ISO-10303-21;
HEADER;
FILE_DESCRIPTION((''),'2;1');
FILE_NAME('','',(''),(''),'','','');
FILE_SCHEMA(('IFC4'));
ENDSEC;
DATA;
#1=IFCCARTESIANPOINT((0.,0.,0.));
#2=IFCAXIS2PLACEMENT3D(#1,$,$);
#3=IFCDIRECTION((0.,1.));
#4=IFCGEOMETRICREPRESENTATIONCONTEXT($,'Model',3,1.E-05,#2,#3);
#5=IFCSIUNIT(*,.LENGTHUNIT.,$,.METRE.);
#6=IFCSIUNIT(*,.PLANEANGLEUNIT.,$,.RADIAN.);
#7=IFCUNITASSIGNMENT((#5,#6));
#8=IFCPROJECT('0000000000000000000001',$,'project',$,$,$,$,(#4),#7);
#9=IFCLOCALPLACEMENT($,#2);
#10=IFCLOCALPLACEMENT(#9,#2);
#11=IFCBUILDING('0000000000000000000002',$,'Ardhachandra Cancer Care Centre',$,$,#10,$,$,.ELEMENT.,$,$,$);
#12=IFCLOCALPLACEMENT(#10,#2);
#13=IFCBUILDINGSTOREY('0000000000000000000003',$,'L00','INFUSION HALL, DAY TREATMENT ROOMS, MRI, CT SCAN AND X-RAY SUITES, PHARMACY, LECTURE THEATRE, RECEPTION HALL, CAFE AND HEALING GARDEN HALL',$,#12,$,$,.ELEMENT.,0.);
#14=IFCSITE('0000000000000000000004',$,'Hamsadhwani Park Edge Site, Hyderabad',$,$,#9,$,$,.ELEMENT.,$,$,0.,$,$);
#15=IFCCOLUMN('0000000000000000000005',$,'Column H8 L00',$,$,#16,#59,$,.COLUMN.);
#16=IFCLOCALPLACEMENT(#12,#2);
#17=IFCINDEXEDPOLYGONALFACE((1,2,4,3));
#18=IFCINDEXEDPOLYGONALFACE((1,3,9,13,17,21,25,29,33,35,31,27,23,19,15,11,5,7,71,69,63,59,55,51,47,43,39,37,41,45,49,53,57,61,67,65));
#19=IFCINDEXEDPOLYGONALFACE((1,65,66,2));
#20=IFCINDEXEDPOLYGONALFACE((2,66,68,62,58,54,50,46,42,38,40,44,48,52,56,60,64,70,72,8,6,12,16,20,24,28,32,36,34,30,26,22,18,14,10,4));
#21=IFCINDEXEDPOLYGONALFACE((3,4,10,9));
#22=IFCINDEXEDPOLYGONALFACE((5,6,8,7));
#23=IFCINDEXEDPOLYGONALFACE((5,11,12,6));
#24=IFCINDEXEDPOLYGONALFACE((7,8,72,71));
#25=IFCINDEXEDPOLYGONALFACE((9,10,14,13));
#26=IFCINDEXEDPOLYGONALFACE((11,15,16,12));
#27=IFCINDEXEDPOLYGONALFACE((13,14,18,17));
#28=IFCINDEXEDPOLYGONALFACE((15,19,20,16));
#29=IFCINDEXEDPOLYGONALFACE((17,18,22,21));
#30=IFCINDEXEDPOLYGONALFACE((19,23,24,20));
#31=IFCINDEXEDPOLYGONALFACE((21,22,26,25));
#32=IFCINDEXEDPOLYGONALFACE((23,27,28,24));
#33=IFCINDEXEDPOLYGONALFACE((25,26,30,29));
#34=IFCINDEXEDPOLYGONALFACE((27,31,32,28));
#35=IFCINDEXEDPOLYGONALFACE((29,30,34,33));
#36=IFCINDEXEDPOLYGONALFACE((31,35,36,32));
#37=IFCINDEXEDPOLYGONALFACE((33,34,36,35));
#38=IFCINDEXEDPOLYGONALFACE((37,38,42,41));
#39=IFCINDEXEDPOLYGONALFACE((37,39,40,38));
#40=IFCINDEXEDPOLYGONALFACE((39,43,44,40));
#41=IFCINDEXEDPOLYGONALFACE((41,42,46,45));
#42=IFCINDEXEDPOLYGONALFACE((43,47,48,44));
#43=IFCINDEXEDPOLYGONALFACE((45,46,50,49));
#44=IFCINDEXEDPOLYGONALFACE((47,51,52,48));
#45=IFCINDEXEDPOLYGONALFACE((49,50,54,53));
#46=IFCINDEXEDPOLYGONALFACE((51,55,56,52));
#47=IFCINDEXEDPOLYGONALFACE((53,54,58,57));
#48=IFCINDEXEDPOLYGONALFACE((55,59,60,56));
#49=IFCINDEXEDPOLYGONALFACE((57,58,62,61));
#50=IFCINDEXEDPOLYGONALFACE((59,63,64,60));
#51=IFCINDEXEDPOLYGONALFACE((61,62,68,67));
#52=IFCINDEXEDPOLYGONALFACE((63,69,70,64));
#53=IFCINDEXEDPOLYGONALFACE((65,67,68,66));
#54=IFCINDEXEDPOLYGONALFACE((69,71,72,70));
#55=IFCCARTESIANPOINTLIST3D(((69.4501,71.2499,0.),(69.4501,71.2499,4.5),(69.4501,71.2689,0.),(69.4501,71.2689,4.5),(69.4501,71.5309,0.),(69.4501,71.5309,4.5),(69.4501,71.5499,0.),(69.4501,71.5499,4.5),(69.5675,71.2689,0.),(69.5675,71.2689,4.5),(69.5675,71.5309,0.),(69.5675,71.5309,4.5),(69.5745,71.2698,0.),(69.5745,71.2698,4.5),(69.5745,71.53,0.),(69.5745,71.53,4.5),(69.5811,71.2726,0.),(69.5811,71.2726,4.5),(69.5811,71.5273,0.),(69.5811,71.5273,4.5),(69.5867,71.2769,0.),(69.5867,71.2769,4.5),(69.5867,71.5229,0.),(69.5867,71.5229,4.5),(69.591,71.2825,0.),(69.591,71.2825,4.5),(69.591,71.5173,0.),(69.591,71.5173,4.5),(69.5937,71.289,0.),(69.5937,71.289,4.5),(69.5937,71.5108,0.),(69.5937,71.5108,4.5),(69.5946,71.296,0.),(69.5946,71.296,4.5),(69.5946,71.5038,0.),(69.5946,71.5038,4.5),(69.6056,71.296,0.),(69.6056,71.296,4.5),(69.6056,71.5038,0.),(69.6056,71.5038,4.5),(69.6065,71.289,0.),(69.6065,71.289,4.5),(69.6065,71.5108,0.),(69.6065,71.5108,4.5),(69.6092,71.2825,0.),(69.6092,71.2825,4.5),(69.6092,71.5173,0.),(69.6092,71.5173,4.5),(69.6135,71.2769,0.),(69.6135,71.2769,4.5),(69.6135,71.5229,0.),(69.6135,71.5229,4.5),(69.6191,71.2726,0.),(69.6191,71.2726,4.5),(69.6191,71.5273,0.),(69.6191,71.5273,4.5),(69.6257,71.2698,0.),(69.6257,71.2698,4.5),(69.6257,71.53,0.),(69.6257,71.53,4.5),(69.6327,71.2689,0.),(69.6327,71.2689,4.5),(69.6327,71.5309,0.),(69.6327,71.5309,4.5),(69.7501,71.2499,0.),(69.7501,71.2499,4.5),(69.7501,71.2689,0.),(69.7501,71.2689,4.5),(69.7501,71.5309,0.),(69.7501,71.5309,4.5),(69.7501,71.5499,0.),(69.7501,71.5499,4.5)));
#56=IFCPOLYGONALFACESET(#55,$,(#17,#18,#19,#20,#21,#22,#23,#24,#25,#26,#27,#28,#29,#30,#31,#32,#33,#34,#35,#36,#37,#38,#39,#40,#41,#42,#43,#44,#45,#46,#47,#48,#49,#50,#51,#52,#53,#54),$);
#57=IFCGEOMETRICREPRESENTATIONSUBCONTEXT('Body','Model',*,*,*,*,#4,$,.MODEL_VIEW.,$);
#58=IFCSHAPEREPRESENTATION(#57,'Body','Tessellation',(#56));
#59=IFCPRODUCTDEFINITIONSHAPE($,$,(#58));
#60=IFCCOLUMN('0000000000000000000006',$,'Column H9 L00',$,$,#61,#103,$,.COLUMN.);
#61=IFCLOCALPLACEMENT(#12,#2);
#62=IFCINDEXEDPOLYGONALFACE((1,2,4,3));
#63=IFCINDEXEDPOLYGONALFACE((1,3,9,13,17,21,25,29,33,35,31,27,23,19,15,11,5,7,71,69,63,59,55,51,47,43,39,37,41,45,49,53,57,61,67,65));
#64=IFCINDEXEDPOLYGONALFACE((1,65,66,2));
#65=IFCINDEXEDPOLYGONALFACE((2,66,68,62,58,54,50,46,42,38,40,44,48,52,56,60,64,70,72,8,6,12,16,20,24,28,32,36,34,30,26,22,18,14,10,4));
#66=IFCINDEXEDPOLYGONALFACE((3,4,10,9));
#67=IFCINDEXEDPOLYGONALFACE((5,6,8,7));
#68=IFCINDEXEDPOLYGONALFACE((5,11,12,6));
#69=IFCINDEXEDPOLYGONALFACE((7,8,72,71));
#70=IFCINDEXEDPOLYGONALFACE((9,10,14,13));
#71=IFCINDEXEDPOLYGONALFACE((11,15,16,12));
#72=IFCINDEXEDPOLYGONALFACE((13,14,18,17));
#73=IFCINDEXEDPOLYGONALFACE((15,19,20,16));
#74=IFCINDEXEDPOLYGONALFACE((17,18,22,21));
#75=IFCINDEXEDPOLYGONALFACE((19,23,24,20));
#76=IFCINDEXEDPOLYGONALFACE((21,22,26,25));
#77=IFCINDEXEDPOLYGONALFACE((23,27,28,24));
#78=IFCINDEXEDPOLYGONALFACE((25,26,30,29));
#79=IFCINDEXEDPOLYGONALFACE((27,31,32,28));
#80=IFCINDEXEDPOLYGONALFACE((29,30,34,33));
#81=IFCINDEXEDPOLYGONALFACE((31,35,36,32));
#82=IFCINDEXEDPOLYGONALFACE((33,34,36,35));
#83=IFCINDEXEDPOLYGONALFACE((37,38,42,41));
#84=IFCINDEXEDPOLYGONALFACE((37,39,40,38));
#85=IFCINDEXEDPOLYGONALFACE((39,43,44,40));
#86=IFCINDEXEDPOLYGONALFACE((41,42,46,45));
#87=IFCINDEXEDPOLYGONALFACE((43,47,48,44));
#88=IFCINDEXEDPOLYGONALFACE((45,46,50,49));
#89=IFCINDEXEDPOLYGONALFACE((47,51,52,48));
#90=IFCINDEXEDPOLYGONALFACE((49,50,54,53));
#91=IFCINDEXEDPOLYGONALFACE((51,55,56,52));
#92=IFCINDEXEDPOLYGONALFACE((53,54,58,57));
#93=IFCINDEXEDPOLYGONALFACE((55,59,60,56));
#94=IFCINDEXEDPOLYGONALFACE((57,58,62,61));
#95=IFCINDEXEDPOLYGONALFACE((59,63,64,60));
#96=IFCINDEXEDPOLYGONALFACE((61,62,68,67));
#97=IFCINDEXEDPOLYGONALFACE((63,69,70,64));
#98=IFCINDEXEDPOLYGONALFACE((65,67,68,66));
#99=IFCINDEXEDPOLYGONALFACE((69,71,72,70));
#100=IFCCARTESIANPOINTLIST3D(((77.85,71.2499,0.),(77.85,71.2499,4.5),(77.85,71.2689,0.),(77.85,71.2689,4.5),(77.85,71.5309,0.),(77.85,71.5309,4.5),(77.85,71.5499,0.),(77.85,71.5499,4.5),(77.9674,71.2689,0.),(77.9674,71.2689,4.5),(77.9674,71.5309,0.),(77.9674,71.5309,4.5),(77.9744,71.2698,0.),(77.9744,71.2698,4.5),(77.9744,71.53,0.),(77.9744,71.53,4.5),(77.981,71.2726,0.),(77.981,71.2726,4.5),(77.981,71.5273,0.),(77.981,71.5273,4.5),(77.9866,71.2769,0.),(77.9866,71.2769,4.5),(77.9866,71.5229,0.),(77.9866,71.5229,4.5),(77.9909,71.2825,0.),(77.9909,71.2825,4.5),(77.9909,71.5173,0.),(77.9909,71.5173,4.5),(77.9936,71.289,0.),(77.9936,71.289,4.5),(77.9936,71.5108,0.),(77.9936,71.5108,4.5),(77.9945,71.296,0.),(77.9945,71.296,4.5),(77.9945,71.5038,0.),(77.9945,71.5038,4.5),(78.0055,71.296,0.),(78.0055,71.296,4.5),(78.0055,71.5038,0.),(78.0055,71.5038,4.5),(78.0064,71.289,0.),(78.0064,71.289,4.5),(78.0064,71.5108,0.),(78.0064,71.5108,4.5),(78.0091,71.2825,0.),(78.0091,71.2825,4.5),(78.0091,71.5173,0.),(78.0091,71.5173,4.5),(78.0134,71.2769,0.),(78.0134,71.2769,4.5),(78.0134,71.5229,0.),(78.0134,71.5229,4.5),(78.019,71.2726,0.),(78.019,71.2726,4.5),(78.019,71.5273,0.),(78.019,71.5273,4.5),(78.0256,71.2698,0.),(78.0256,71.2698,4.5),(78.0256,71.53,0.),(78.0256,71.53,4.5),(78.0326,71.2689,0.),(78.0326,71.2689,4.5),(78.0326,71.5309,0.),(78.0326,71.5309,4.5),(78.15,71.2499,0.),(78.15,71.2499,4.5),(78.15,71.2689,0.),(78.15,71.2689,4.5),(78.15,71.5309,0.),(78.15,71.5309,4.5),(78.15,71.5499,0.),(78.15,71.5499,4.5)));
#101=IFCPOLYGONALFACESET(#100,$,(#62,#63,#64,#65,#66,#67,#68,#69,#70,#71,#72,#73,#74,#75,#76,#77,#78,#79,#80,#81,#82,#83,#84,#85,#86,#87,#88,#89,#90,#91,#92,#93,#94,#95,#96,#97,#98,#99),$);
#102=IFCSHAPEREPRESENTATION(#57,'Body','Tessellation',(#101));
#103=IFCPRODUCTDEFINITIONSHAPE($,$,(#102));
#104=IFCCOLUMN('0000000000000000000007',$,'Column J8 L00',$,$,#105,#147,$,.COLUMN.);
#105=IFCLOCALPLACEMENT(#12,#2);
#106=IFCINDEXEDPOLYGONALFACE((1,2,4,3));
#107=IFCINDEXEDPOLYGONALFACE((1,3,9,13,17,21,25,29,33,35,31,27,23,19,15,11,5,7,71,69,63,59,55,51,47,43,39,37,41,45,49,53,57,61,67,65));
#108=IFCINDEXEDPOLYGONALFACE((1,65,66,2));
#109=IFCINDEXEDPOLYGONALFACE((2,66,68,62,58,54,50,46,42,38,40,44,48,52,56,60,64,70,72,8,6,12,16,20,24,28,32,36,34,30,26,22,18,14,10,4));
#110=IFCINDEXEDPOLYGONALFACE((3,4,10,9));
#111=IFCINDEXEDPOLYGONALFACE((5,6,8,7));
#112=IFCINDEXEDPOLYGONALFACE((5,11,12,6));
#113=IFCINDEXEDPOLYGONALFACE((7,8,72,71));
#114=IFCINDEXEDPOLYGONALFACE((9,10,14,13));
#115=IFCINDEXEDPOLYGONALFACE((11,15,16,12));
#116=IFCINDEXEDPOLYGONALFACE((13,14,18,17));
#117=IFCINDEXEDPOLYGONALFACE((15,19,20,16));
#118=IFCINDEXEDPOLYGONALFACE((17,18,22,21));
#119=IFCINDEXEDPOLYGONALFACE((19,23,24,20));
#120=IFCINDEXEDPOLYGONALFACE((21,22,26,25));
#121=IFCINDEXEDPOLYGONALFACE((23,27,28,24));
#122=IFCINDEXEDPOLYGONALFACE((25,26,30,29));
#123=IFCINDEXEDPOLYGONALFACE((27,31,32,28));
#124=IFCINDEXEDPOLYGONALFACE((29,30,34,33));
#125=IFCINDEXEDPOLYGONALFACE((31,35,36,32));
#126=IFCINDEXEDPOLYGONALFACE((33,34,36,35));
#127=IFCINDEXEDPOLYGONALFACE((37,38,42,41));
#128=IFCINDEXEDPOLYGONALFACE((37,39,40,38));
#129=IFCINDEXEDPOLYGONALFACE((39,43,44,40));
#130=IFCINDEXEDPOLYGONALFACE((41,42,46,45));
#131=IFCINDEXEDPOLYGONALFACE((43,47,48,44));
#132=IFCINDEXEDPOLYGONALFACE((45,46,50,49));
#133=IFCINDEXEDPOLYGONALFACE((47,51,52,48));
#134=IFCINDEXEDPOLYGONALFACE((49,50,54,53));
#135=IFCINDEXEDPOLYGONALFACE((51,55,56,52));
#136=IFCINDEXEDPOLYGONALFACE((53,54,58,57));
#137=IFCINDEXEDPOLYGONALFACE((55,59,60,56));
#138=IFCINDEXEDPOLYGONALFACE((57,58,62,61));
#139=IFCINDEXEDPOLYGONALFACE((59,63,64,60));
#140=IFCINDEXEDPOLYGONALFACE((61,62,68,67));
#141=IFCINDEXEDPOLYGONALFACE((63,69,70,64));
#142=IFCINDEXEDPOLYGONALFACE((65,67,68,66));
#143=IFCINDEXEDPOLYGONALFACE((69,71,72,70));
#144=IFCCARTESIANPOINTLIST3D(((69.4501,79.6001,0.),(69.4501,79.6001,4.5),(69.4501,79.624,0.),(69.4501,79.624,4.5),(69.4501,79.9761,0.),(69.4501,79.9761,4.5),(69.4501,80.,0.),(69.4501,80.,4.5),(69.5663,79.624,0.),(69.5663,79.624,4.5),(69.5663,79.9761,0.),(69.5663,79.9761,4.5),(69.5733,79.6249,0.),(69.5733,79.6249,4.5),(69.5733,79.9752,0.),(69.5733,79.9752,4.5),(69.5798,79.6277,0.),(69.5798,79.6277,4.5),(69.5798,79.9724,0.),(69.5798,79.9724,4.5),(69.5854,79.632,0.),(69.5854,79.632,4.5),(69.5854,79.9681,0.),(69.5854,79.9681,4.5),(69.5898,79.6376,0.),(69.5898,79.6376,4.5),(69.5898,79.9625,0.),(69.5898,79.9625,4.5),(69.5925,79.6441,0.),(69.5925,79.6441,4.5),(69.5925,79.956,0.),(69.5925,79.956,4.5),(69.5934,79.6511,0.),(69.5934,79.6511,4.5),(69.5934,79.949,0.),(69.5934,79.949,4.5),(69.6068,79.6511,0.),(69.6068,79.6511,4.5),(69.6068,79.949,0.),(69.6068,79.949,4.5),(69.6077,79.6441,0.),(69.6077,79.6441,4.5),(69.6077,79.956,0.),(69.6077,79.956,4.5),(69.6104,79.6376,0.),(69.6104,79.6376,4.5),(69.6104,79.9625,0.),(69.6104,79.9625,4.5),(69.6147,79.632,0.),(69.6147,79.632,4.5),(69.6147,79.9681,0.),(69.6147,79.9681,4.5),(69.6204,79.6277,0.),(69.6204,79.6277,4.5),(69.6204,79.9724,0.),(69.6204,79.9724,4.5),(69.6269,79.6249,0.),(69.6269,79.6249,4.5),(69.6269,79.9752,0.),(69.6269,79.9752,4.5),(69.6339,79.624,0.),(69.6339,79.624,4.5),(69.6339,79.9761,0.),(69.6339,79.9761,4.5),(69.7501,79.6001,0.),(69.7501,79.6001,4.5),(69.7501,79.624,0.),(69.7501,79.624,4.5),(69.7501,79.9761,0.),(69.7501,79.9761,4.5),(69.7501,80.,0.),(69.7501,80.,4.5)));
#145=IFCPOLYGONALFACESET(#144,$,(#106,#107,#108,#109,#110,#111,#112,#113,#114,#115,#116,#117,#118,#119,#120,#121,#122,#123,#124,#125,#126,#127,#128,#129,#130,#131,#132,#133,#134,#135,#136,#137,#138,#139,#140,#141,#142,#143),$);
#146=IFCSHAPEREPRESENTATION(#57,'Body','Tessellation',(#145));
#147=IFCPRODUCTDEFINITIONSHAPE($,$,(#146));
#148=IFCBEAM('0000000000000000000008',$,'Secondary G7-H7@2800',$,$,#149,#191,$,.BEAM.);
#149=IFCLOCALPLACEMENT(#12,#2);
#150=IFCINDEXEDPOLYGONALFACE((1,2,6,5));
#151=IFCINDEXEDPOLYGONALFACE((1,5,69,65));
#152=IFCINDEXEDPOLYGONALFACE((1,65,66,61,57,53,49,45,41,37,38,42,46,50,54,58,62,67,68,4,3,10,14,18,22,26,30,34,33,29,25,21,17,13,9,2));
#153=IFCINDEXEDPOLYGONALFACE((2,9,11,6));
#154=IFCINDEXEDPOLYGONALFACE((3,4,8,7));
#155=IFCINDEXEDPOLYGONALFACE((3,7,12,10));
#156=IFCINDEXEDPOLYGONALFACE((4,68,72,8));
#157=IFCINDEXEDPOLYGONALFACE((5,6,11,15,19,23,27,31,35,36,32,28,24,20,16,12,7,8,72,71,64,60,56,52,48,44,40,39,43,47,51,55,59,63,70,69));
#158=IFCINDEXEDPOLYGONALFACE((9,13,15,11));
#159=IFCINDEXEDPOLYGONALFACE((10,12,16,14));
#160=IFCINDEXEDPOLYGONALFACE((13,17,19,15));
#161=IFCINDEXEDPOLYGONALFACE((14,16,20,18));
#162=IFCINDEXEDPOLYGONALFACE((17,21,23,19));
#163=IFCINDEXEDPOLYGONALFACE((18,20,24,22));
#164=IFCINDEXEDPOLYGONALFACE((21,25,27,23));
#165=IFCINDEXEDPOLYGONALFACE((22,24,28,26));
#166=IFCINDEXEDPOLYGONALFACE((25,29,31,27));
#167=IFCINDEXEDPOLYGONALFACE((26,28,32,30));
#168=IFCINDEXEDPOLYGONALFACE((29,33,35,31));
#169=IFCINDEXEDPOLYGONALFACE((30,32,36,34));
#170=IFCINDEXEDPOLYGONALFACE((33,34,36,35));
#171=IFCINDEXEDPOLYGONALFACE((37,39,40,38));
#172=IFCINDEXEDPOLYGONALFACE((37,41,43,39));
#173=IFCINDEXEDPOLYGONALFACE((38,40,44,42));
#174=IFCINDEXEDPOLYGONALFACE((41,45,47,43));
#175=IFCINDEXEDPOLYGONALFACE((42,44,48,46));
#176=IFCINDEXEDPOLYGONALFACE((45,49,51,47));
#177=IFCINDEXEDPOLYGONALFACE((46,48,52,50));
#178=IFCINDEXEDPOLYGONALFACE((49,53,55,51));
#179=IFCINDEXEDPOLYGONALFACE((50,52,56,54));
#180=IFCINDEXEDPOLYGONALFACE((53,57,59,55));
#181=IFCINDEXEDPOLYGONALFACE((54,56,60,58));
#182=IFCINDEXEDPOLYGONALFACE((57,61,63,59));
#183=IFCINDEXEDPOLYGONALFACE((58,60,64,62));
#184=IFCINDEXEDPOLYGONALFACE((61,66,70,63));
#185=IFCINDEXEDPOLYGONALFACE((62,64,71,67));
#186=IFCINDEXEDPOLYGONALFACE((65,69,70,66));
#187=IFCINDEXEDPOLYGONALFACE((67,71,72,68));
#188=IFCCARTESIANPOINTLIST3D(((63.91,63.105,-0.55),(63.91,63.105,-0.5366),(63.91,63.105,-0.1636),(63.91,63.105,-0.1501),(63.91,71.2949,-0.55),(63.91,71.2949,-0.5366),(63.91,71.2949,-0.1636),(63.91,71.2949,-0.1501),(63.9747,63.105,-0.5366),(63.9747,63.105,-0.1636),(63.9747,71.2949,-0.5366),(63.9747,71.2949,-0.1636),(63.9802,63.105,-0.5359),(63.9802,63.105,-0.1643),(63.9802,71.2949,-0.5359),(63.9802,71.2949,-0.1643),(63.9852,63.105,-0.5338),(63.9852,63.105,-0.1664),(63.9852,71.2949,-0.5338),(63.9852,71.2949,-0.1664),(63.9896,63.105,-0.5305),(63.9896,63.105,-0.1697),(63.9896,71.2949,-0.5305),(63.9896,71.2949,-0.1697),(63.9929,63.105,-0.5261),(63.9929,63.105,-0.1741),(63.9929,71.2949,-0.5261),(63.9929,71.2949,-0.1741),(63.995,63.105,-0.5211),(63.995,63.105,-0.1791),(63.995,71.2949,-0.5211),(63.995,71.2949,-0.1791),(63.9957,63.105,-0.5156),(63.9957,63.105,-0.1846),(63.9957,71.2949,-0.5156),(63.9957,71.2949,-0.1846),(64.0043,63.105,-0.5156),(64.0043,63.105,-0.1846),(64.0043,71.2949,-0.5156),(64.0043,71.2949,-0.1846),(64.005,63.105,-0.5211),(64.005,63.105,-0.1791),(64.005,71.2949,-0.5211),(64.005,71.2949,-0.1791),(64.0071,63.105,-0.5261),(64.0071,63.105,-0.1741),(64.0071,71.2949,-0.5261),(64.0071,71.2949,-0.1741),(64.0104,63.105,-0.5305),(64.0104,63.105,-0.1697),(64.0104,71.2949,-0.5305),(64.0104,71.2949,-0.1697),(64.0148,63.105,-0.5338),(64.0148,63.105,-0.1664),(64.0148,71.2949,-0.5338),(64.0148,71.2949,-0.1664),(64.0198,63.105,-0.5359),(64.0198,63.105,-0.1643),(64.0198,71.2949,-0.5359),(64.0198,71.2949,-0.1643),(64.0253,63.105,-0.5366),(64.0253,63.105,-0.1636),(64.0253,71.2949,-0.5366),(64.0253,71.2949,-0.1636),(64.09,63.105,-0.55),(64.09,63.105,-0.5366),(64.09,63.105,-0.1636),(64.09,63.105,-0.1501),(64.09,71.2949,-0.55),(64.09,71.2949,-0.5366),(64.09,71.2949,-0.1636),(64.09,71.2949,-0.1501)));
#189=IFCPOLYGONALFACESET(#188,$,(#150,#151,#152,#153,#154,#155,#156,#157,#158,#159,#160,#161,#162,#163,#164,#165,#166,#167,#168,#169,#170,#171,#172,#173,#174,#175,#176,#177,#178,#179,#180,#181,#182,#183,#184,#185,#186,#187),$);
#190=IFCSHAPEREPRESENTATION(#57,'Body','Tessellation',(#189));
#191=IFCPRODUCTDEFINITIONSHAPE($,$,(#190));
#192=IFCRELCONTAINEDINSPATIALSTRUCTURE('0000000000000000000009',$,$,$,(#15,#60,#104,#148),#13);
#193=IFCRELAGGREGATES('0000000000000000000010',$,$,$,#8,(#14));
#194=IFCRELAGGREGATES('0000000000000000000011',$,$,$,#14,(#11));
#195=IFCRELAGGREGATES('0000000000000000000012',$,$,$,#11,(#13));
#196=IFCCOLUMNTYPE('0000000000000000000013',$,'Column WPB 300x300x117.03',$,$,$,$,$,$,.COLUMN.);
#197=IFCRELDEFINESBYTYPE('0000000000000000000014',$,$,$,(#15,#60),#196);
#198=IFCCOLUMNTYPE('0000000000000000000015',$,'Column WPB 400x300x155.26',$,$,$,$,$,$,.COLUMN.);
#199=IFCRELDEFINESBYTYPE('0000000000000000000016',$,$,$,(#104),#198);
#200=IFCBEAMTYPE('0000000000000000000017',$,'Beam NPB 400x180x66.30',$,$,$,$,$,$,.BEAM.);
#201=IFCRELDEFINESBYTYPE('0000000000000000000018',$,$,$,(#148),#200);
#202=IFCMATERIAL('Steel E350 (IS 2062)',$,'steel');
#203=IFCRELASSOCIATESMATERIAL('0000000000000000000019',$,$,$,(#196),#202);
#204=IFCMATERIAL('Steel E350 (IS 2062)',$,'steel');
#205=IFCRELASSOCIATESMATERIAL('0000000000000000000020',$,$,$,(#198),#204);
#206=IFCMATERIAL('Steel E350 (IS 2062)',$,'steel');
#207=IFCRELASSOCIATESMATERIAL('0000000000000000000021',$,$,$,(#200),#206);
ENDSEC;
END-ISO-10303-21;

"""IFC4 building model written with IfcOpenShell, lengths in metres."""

from ifc_helpers import new_model, si_unit, direction, frame, origin, origin_2d, place, context, subcontext, project, spatial, i_section, extrude, material, material_profile, profile_set, type_object, element, save


model = new_model("IFC4")

# Units and contexts
model_context = context("Model", 3, precision=1e-05, world=origin(), true_north=direction((0.0, 1.0)))
body_context = subcontext(model_context, "Body", "Model", "MODEL_VIEW")
ifc_project = project(units=[si_unit("LENGTHUNIT", "METRE"), si_unit("PLANEANGLEUNIT", "RADIAN")], contexts=[model_context])

# Site, building, storey
site_placement = place(None, origin())
site = spatial("IfcSite", under=ifc_project, at=site_placement, Name="Hamsadhwani Park Edge Site, Hyderabad", CompositionType="ELEMENT", RefElevation=0.0)
building_placement = place(site_placement, origin())
building = spatial("IfcBuilding", under=site, at=building_placement, Name="Ardhachandra Cancer Care Centre", CompositionType="ELEMENT")
storey_placement = place(building_placement, origin())
storey = spatial("IfcBuildingStorey", under=building, at=storey_placement, Name="L00", Description="INFUSION HALL, DAY TREATMENT ROOMS, MRI, CT SCAN AND X-RAY SUITES, PHARMACY, LECTURE THEATRE, RECEPTION HALL, CAFE AND HEALING GARDEN HALL", CompositionType="ELEMENT", Elevation=0.0)

# Columns
ifc_material_1 = material(Name="Steel E350 (IS 2062)", Category="steel")
ifc_material_profile_1 = material_profile(ifc_material_1, i_section(OverallWidth=0.3, OverallDepth=0.3, WebThickness=0.011, FlangeThickness=0.019, FilletRadius=0.0271, at=origin_2d()), Name="WPB 300x300x117.03")
ifc_profile_set_1 = profile_set([ifc_material_profile_1], Name="Steel E350 (IS 2062)")
column_type_1 = type_object("IfcColumnType", Name="Column WPB 300x300x117.03", PredefinedType="COLUMN", material=ifc_profile_set_1)
for number, where, z_axis, x_axis, name in (
    (1, (69.6001, 71.3999, 0.0), (0.0, 0.0, 1.0), (1.0, 0.0, 0.0), "Column H8 L00"),
    (2, (78.0, 71.3999, 0.0), (0.0, 0.0, 1.0), (1.0, 0.0, 0.0), "Column H9 L00"),
):
    element("IfcColumn", number, at=place(storey_placement, frame(where, z_axis=z_axis, x_axis=x_axis)), inside=storey, type_object=column_type_1, Name=name, PredefinedType="COLUMN", context=body_context, shape_type="SweptSolid", body=[
        extrude(i_section(OverallWidth=0.3, OverallDepth=0.3, WebThickness=0.011, FlangeThickness=0.019, FilletRadius=0.0271, at=origin_2d()), origin(), (0.0, 0.0, 1.0), 4.5),
    ])
ifc_material_2 = material(Name="Steel E350 (IS 2062)", Category="steel")
ifc_material_profile_2 = material_profile(ifc_material_2, i_section(OverallWidth=0.3, OverallDepth=0.3999, WebThickness=0.0134, FlangeThickness=0.0239, FilletRadius=0.0271, at=origin_2d()), Name="WPB 400x300x155.26")
ifc_profile_set_2 = profile_set([ifc_material_profile_2], Name="Steel E350 (IS 2062)")
column_type_2 = type_object("IfcColumnType", Name="Column WPB 400x300x155.26", PredefinedType="COLUMN", material=ifc_profile_set_2)
column_placement = place(storey_placement, frame((69.6001, 79.8, 0.0), z_axis=(0.0, 0.0, 1.0), x_axis=(1.0, 0.0, 0.0)))
element("IfcColumn", 3, at=column_placement, inside=storey, type_object=column_type_2, Name="Column J8 L00", PredefinedType="COLUMN", context=body_context, shape_type="SweptSolid", body=[
    extrude(i_section(OverallWidth=0.3, OverallDepth=0.3999, WebThickness=0.0134, FlangeThickness=0.0239, FilletRadius=0.0271, at=origin_2d()), origin(), (0.0, 0.0, 1.0), 4.5),
])

# Beam
ifc_material_3 = material(Name="Steel E350 (IS 2062)", Category="steel")
ifc_material_profile_3 = material_profile(ifc_material_3, i_section(OverallWidth=0.1799, OverallDepth=0.3999, WebThickness=0.0085, FlangeThickness=0.0134, FilletRadius=0.021, at=origin_2d()), Name="NPB 400x180x66.30")
ifc_profile_set_3 = profile_set([ifc_material_profile_3], Name="Steel E350 (IS 2062)")
beam_type_1 = type_object("IfcBeamType", Name="Beam NPB 400x180x66.30", PredefinedType="BEAM", material=ifc_profile_set_3)
beam_1_placement = place(storey_placement, frame((64.0, 63.105, -0.3501), z_axis=(0.0, 1.0, 0.0), x_axis=(-1.0, 0.0, 0.0)))
element("IfcBeam", 4, at=beam_1_placement, inside=storey, type_object=beam_type_1, Name="Secondary G7-H7@2800", PredefinedType="BEAM", context=body_context, shape_type="SweptSolid", body=[
    extrude(i_section(OverallWidth=0.1799, OverallDepth=0.3999, WebThickness=0.0085, FlangeThickness=0.0134, FilletRadius=0.021, at=origin_2d()), origin(), (0.0, 0.0, 1.0), 8.1899),
])

save(model, "model.ifc")
